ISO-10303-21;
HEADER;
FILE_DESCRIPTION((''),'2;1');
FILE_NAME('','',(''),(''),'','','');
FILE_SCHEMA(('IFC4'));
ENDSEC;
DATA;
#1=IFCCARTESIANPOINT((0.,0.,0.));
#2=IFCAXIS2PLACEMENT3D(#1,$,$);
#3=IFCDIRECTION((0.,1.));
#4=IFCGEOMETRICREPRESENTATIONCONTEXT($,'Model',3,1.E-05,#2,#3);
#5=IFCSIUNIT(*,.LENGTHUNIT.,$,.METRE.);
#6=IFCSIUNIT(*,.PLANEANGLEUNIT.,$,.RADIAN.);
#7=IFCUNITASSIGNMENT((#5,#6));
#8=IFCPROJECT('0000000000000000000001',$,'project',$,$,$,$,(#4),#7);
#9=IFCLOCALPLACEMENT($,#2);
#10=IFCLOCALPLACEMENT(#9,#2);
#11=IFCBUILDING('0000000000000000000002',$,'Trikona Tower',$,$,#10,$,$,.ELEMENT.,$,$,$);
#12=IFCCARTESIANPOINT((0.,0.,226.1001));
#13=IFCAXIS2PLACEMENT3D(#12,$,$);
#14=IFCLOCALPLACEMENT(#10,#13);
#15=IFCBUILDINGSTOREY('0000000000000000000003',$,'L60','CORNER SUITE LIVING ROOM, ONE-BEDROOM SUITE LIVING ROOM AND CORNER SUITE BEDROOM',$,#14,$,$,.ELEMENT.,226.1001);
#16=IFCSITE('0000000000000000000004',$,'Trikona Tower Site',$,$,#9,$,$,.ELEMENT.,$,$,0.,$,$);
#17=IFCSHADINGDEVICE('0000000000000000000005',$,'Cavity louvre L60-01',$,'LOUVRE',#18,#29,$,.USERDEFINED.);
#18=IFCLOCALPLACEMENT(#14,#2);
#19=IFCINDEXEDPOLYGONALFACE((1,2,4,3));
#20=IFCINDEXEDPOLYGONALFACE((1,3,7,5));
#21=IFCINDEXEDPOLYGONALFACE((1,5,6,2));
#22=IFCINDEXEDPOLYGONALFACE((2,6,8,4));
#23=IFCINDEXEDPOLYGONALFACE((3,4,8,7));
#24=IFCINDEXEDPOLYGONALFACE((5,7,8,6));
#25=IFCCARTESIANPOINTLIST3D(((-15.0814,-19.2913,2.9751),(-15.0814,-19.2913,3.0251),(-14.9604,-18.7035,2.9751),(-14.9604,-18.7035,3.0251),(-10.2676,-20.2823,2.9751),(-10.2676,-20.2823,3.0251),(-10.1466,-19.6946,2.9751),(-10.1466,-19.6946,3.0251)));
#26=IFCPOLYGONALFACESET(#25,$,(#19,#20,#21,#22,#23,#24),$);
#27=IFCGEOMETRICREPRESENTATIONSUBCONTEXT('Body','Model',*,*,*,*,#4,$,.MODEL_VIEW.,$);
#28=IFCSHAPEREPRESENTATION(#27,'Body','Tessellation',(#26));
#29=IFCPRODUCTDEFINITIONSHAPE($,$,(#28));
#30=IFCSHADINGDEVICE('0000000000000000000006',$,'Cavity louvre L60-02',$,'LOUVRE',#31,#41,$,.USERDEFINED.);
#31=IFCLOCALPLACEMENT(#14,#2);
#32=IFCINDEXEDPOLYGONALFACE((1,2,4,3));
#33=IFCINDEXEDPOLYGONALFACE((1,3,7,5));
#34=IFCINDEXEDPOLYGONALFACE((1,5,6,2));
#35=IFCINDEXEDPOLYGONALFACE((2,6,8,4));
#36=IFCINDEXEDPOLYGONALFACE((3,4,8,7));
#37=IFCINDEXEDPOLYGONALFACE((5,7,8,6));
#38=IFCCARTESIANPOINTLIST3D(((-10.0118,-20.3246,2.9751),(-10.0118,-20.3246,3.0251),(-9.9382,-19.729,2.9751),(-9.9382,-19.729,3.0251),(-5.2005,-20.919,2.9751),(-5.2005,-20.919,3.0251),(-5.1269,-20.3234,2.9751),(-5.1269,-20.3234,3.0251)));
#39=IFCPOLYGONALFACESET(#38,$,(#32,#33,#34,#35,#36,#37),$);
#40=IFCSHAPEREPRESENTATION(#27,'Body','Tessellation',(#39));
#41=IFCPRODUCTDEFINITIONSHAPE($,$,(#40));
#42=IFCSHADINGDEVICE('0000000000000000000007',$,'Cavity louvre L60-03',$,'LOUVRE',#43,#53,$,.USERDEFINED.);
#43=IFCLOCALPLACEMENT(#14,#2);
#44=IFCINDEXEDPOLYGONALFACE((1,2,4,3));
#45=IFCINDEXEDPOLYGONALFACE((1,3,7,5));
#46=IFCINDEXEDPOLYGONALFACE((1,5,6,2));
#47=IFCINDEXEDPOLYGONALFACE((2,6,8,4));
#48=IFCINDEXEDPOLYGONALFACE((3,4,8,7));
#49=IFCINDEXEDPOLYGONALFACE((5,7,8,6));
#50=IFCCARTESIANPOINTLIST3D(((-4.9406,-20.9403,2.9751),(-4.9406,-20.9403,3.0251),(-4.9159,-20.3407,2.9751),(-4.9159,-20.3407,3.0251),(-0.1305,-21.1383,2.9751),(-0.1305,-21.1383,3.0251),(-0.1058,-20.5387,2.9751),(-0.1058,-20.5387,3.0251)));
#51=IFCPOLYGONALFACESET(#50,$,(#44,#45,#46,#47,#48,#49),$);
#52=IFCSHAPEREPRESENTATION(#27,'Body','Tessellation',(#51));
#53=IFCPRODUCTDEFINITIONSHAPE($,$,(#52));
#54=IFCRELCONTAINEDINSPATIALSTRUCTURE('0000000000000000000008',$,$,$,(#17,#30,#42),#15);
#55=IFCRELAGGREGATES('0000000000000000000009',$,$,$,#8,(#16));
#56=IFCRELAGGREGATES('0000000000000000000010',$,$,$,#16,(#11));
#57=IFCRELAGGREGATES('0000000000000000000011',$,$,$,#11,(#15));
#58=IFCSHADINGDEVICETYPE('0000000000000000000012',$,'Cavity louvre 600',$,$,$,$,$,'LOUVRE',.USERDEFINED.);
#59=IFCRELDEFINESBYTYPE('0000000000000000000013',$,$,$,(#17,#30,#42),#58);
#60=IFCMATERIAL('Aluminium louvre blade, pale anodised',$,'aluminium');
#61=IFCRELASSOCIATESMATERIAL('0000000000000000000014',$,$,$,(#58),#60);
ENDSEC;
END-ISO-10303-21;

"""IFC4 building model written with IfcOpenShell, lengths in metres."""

from ifc_helpers import new_model, si_unit, direction, frame, origin, origin_2d, place, context, subcontext, project, spatial, rectangle, extrude, material, type_object, element, save


model = new_model("IFC4")

# Units and contexts
model_context = context("Model", 3, precision=1e-05, world=origin(), true_north=direction((0.0, 1.0)))
body_context = subcontext(model_context, "Body", "Model", "MODEL_VIEW")
ifc_project = project(units=[si_unit("LENGTHUNIT", "METRE"), si_unit("PLANEANGLEUNIT", "RADIAN")], contexts=[model_context])

# Site, building, storey
site_placement = place(None, origin())
site = spatial("IfcSite", under=ifc_project, at=site_placement, Name="Trikona Tower Site", CompositionType="ELEMENT", RefElevation=0.0)
building_placement = place(site_placement, origin())
building = spatial("IfcBuilding", under=site, at=building_placement, Name="Trikona Tower", CompositionType="ELEMENT")
storey_placement = place(building_placement, frame((0.0, 0.0, 226.1001)))
storey = spatial("IfcBuildingStorey", under=building, at=storey_placement, Name="L60", Description="CORNER SUITE LIVING ROOM, ONE-BEDROOM SUITE LIVING ROOM AND CORNER SUITE BEDROOM", CompositionType="ELEMENT", Elevation=226.1001)

# Shading devices
ifc_material_1 = material(Name="Aluminium louvre blade, pale anodised", Category="aluminium")
shading_device_type = type_object("IfcShadingDeviceType", Name="Cavity louvre 600", ElementType="LOUVRE", PredefinedType="USERDEFINED", material=ifc_material_1)
shading_device_1_placement = place(storey_placement, frame((-12.614, -19.4929, 2.9751), z_axis=(0.0, 0.0, 1.0), x_axis=(0.979458, -0.201651, 0.0)))
element("IfcShadingDevice", 1, at=shading_device_1_placement, inside=storey, type_object=shading_device_type, Name="Cavity louvre L60-01", ObjectType="LOUVRE", PredefinedType="USERDEFINED", context=body_context, shape_type="SweptSolid", body=[
    extrude(rectangle(XDim=4.9148, YDim=0.6001, at=origin_2d()), origin(), (0.0, 0.0, 1.0), 0.05),
])
shading_device_2_placement = place(storey_placement, frame((-7.5693, -20.324, 2.9751), z_axis=(0.0, 0.0, 1.0), x_axis=(0.992455, -0.122607, 0.0)))
element("IfcShadingDevice", 2, at=shading_device_2_placement, inside=storey, type_object=shading_device_type, Name="Cavity louvre L60-02", ObjectType="LOUVRE", PredefinedType="USERDEFINED", context=body_context, shape_type="SweptSolid", body=[
    extrude(rectangle(XDim=4.8479, YDim=0.6001, at=origin_2d()), origin(), (0.0, 0.0, 1.0), 0.05),
])
shading_device_3_placement = place(storey_placement, frame((-2.5232, -20.7395, 2.9751), z_axis=(0.0, 0.0, 1.0), x_axis=(0.999153, -0.041145, 0.0)))
element("IfcShadingDevice", 3, at=shading_device_3_placement, inside=storey, type_object=shading_device_type, Name="Cavity louvre L60-03", ObjectType="LOUVRE", PredefinedType="USERDEFINED", context=body_context, shape_type="SweptSolid", body=[
    extrude(rectangle(XDim=4.8142, YDim=0.6001, at=origin_2d()), origin(), (0.0, 0.0, 1.0), 0.05),
])

save(model, "model.ifc")
